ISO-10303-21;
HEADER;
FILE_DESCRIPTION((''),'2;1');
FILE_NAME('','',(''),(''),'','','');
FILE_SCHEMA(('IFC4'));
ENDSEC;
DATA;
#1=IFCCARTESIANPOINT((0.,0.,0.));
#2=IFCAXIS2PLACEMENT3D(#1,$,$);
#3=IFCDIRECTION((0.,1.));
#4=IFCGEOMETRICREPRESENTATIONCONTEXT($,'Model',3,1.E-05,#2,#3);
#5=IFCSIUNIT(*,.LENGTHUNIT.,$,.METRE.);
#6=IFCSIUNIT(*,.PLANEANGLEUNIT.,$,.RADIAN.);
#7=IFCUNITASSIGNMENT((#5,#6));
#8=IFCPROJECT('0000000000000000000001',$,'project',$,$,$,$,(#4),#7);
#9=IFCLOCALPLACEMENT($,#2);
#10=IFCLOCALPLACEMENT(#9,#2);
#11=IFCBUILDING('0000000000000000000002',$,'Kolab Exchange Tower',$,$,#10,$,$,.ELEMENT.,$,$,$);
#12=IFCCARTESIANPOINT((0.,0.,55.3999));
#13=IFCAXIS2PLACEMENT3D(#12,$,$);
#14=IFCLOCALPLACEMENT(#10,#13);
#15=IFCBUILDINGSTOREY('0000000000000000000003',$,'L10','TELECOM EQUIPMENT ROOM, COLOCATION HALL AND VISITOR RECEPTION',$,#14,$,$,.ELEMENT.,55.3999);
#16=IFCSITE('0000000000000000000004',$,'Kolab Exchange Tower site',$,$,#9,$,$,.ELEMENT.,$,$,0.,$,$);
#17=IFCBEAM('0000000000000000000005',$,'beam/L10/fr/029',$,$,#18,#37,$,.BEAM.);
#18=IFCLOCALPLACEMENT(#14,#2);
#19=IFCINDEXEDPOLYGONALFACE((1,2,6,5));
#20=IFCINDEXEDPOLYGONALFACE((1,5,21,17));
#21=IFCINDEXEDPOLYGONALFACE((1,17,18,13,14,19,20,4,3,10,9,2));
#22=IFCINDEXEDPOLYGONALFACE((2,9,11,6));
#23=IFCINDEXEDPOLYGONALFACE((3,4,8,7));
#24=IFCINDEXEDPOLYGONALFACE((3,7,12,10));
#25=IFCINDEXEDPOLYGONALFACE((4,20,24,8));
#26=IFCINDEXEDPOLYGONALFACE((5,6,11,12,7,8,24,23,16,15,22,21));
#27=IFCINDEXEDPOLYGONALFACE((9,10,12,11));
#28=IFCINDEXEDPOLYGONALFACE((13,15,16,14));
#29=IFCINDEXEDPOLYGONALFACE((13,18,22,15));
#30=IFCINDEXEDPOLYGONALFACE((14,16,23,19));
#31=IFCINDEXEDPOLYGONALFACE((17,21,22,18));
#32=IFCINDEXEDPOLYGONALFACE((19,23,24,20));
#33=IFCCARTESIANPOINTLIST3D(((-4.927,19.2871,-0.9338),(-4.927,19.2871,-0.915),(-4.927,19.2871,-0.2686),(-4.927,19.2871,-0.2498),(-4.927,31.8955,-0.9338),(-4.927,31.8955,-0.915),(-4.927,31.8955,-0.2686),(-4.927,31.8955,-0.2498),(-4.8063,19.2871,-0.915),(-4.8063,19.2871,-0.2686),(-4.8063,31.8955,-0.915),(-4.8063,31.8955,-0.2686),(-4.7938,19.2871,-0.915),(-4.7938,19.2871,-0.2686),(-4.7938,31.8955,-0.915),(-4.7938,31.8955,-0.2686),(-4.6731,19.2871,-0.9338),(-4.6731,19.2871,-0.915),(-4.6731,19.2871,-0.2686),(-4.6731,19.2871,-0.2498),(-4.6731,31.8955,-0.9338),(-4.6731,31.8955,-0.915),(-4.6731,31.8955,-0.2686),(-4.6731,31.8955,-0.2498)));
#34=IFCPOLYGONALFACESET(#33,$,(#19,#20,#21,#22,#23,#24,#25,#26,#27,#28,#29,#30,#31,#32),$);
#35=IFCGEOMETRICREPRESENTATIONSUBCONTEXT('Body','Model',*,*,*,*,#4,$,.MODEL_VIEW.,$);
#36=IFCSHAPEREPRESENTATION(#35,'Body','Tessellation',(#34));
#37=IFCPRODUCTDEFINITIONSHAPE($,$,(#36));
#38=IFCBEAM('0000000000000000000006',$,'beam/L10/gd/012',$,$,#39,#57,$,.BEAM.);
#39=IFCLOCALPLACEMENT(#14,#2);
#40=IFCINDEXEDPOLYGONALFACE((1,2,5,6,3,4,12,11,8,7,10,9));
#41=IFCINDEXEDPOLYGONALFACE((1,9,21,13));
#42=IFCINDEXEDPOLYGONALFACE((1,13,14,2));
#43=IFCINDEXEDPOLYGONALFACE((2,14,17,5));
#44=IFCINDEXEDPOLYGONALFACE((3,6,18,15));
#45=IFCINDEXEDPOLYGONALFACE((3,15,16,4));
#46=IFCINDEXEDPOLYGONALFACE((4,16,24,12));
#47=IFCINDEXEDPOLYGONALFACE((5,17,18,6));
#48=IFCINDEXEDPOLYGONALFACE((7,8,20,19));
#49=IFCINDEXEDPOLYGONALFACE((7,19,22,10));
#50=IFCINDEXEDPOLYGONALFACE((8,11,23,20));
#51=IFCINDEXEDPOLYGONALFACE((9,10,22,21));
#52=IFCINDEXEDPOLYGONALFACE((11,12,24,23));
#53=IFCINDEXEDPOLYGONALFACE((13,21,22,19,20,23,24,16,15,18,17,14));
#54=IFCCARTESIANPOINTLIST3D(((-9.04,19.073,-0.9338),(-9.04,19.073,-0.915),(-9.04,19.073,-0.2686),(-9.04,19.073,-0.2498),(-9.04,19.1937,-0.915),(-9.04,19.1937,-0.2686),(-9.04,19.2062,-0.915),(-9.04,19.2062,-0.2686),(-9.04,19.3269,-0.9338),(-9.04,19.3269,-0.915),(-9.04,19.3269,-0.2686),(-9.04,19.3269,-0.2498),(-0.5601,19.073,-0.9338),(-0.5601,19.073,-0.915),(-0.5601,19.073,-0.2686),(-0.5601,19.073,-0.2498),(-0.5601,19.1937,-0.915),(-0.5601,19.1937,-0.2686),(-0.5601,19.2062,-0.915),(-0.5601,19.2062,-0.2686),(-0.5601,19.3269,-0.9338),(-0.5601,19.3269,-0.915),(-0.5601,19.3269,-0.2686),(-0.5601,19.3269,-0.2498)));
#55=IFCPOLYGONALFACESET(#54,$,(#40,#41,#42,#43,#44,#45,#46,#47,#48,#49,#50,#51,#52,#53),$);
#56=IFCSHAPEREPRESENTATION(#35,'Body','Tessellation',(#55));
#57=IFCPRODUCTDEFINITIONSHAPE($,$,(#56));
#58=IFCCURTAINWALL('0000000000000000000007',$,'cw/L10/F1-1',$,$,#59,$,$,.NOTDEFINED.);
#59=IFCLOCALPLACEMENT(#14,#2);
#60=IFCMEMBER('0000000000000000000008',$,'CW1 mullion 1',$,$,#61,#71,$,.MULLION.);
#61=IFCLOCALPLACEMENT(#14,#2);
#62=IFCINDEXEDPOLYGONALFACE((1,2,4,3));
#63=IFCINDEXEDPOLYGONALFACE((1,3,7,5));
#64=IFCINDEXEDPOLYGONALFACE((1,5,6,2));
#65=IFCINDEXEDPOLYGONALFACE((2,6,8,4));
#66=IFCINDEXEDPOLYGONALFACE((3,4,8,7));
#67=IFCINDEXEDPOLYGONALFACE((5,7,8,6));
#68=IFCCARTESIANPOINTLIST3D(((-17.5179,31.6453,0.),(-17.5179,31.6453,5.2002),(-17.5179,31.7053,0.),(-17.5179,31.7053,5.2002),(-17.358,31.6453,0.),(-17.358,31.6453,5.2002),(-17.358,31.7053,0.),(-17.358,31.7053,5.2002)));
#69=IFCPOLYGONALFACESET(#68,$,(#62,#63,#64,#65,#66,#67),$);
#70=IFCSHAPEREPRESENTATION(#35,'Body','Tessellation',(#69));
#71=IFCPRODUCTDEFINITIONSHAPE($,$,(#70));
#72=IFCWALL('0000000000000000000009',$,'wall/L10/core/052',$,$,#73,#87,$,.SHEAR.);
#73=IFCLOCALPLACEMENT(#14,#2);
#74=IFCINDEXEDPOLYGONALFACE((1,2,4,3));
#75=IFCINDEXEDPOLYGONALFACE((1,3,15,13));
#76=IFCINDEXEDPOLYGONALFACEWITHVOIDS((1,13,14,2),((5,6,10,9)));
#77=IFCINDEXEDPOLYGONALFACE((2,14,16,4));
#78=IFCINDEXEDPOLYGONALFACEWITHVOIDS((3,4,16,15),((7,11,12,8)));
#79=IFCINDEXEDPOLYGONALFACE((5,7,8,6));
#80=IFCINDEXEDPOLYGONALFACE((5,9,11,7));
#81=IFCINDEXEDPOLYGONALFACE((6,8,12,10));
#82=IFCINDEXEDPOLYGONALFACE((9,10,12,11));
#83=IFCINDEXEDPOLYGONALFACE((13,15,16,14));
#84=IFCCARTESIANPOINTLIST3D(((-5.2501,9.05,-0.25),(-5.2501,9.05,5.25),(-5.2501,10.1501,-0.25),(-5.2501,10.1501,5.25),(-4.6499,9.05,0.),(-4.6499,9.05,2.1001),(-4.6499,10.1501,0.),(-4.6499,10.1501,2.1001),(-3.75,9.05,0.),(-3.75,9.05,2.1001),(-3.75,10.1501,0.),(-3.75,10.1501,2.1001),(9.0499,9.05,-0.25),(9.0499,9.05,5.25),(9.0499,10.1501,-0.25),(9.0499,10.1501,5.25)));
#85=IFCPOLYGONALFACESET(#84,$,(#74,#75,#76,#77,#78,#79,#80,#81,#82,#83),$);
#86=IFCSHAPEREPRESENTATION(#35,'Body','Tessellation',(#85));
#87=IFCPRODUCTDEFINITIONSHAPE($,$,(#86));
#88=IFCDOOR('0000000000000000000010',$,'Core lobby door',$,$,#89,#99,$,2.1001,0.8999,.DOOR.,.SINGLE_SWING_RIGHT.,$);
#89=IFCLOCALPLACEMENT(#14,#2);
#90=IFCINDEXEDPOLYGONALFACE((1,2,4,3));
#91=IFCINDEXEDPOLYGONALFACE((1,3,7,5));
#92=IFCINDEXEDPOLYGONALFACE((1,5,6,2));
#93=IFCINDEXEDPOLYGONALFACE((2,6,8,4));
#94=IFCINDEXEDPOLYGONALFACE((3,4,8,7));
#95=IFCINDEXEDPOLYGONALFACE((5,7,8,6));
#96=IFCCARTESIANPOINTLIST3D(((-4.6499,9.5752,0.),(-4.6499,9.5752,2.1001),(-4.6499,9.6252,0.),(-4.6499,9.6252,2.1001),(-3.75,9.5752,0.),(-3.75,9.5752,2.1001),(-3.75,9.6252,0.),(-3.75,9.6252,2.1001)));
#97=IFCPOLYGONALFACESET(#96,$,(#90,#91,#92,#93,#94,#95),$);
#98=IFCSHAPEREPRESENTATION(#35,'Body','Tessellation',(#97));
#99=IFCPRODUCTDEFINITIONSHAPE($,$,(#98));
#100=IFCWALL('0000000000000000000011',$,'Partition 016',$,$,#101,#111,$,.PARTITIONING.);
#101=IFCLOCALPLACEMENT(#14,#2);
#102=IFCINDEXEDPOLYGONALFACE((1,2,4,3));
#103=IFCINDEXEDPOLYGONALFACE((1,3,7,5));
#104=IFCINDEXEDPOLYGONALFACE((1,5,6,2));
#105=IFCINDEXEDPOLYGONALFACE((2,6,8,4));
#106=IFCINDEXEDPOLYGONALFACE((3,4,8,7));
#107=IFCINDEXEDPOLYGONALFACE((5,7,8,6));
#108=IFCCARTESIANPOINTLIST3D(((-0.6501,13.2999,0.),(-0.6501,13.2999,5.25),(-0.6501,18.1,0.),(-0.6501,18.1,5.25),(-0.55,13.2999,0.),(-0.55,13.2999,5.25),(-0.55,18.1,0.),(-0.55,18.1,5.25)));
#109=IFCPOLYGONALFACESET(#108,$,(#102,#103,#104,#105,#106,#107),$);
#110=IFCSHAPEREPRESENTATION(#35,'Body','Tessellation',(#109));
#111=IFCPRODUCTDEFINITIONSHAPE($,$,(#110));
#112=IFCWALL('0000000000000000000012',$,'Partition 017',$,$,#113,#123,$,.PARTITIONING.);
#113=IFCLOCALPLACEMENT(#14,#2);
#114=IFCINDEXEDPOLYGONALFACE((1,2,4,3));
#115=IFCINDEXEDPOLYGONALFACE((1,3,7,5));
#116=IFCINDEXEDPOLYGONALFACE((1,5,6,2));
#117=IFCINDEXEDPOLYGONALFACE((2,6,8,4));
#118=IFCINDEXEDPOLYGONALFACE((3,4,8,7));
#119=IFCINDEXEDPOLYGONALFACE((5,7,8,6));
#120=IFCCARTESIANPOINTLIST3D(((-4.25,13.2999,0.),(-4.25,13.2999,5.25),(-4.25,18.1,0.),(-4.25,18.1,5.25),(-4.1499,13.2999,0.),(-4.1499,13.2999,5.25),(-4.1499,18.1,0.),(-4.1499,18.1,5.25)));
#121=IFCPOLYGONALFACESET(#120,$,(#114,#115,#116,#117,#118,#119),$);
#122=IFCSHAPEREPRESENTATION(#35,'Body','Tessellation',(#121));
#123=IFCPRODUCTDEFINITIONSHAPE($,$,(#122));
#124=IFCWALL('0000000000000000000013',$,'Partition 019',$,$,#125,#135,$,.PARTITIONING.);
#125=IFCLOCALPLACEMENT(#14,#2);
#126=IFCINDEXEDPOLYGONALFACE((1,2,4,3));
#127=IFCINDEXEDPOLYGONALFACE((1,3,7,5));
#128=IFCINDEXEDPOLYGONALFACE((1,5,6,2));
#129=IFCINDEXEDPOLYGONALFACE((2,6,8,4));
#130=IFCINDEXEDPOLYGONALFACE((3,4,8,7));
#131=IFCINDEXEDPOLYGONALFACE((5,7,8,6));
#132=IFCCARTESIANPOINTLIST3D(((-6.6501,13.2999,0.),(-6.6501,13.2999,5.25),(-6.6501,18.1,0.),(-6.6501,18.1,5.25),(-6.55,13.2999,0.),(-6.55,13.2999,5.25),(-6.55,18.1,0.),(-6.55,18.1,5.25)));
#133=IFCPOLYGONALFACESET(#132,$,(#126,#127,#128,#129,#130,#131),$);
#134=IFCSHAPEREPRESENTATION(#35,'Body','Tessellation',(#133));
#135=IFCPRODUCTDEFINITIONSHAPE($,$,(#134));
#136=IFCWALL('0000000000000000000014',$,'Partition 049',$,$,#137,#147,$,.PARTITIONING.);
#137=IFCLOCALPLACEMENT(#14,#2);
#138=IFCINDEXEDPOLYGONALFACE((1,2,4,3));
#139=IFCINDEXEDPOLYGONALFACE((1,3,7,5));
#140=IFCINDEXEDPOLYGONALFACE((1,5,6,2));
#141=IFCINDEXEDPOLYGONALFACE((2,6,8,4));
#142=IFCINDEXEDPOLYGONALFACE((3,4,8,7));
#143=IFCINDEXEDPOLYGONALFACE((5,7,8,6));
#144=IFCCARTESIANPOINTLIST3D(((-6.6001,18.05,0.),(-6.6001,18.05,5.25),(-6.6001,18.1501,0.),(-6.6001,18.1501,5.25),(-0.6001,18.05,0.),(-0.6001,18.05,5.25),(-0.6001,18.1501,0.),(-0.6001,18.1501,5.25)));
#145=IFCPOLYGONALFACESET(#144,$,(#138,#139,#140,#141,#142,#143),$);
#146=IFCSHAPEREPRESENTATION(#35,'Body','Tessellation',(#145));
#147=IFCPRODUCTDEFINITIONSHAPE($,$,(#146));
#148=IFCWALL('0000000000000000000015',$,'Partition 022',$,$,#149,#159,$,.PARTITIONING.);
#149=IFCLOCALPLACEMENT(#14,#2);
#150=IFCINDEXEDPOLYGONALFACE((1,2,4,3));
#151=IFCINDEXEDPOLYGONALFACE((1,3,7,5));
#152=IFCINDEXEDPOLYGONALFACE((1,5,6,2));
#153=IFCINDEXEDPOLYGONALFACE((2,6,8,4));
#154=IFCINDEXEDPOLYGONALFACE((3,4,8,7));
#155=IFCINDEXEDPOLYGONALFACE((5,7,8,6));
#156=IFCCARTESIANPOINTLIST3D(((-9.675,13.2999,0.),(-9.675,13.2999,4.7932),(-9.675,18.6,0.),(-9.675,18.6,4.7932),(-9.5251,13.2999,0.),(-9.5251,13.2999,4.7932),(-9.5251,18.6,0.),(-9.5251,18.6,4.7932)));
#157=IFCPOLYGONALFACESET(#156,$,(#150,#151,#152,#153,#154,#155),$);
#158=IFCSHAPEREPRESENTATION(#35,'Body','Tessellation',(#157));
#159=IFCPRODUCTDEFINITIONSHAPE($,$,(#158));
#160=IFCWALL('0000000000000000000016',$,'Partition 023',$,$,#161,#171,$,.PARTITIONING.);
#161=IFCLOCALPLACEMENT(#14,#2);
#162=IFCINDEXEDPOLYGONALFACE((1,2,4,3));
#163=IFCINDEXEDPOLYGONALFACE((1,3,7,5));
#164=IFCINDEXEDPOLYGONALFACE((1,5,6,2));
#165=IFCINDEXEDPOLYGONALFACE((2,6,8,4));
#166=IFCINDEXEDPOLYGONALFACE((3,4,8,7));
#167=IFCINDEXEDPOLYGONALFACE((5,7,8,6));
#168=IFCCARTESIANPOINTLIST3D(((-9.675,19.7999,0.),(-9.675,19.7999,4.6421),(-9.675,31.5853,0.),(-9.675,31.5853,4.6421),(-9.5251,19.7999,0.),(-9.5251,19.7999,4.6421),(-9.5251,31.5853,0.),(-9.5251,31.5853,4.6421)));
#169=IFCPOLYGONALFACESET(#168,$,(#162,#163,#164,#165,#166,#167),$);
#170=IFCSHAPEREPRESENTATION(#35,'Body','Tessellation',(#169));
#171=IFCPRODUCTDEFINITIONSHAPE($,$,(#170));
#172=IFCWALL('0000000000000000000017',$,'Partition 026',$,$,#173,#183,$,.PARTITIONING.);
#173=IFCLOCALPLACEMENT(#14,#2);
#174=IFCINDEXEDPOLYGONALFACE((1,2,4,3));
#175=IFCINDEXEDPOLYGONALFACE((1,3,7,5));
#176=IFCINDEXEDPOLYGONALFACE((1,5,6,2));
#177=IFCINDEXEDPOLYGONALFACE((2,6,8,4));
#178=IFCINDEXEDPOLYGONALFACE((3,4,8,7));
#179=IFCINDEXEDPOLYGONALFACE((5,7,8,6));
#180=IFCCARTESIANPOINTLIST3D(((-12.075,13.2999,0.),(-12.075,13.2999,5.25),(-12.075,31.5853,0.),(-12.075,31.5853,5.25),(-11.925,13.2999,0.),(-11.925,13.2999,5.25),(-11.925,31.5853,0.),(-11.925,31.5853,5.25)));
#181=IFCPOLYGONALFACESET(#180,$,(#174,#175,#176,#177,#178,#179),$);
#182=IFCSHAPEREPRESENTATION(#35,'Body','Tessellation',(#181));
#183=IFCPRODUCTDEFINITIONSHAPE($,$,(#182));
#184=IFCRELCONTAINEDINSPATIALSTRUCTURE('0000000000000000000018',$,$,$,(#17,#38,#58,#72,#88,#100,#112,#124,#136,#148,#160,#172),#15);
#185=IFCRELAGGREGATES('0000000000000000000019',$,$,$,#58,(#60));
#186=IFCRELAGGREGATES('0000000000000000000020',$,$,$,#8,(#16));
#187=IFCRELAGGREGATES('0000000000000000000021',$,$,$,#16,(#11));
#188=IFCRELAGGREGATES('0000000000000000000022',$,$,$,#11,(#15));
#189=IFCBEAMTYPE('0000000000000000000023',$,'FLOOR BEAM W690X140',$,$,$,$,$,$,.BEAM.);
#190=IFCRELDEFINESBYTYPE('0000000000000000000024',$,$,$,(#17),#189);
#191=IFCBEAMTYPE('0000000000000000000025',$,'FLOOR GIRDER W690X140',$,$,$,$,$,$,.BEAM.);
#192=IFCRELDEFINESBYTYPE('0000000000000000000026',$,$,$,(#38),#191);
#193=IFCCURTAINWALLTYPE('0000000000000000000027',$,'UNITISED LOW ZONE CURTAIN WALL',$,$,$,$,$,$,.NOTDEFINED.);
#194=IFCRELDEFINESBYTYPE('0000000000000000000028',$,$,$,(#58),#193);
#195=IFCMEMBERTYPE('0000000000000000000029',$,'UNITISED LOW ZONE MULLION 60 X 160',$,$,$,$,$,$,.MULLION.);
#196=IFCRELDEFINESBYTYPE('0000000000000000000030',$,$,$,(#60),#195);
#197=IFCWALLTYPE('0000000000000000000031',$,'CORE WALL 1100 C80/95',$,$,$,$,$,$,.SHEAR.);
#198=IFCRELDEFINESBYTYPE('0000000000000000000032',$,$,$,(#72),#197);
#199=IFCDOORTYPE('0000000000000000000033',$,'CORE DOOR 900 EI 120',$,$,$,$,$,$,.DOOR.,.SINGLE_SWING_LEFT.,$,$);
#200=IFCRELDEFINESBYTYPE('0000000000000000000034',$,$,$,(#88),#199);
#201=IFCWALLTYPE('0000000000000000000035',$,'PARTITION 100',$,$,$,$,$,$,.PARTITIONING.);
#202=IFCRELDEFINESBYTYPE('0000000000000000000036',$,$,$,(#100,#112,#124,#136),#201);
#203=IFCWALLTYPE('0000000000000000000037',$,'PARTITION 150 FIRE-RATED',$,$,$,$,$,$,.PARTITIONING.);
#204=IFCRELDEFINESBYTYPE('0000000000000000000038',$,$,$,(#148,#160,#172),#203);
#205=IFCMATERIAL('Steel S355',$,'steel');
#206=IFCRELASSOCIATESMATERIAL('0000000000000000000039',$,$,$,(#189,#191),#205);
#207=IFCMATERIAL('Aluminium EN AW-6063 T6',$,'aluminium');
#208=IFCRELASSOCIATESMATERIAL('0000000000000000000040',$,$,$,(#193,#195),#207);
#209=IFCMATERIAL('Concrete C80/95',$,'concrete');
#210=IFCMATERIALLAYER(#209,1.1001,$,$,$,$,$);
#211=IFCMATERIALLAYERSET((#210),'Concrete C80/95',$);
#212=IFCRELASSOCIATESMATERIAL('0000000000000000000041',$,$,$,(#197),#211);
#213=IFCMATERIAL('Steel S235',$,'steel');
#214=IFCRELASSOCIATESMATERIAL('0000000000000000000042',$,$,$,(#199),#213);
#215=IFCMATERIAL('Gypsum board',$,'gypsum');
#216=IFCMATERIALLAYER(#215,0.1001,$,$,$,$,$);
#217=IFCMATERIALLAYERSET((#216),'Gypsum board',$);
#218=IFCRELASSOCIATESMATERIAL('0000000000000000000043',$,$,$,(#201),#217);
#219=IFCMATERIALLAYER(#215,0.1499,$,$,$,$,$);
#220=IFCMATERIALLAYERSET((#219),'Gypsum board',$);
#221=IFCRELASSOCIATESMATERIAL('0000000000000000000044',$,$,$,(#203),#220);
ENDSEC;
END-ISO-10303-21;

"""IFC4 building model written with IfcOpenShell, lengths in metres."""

from ifc_helpers import new_model, si_unit, direction, frame, frame_2d, origin, origin_2d, place, context, subcontext, project, spatial, rectangle, i_section, extrude, material, layer, layer_set, material_profile, profile_set, type_object, element, fill, aggregate, save


model = new_model("IFC4")

# Units and contexts
model_context = context("Model", 3, precision=1e-05, world=origin(), true_north=direction((0.0, 1.0)))
body_context = subcontext(model_context, "Body", "Model", "MODEL_VIEW")
ifc_project = project(units=[si_unit("LENGTHUNIT", "METRE"), si_unit("PLANEANGLEUNIT", "RADIAN")], contexts=[model_context])

# Site, building, storey
site_placement = place(None, origin())
site = spatial("IfcSite", under=ifc_project, at=site_placement, Name="Kolab Exchange Tower site", CompositionType="ELEMENT", RefElevation=0.0)
building_placement = place(site_placement, origin())
building = spatial("IfcBuilding", under=site, at=building_placement, Name="Kolab Exchange Tower", CompositionType="ELEMENT")
storey_placement = place(building_placement, frame((0.0, 0.0, 55.3999)))
storey = spatial("IfcBuildingStorey", under=building, at=storey_placement, Name="L10", Description="TELECOM EQUIPMENT ROOM, COLOCATION HALL AND VISITOR RECEPTION", CompositionType="ELEMENT", Elevation=55.3999)

# Shared definitions
ifc_material_1 = material(Name="Concrete C80/95", Category="concrete")

# Beams
ifc_material_2 = material(Name="Steel S355", Category="steel")
ifc_material_profile_1 = material_profile(ifc_material_2, i_section(OverallWidth=0.2539, OverallDepth=0.6841, WebThickness=0.0125, FlangeThickness=0.0188, at=origin_2d()), Name="W690X140")
ifc_profile_set_1 = profile_set([ifc_material_profile_1], Name="Steel S355")
beam_type_1 = type_object("IfcBeamType", Name="FLOOR BEAM W690X140", PredefinedType="BEAM", material=ifc_profile_set_1)
for number, where, z_axis, x_axis, name in (
    (1, (-4.8, 19.2871, -0.5918), (0.0, 1.0, 0.0), (-1.0, 0.0, 0.0), "beam/L10/fr/029"),
):
    element("IfcBeam", number, at=place(storey_placement, frame(where, z_axis=z_axis, x_axis=x_axis)), inside=storey, type_object=beam_type_1, Name=name, PredefinedType="BEAM", context=body_context, shape_type="SweptSolid", body=[
        extrude(i_section(OverallWidth=0.2539, OverallDepth=0.6841, WebThickness=0.0125, FlangeThickness=0.0188, at=origin_2d()), origin(), (0.0, 0.0, 1.0), 12.6084),
    ])
ifc_material_profile_2 = material_profile(ifc_material_2, i_section(OverallWidth=0.2539, OverallDepth=0.6841, WebThickness=0.0125, FlangeThickness=0.0188, at=origin_2d()), Name="W690X140")
ifc_profile_set_2 = profile_set([ifc_material_profile_2], Name="Steel S355")
beam_type_2 = type_object("IfcBeamType", Name="FLOOR GIRDER W690X140", PredefinedType="BEAM", material=ifc_profile_set_2)
beam_1_placement = place(storey_placement, frame((-9.04, 19.2, -0.5918), z_axis=(1.0, 0.0, 0.0), x_axis=(0.0, 1.0, 0.0)))
element("IfcBeam", 2, at=beam_1_placement, inside=storey, type_object=beam_type_2, Name="beam/L10/gd/012", PredefinedType="BEAM", context=body_context, shape_type="SweptSolid", body=[
    extrude(i_section(OverallWidth=0.2539, OverallDepth=0.6841, WebThickness=0.0125, FlangeThickness=0.0188, at=origin_2d()), origin(), (0.0, 0.0, 1.0), 8.48),
])

# Curtain wall, member
ifc_material_3 = material(Name="Aluminium EN AW-6063 T6", Category="aluminium")
curtain_wall_type = type_object("IfcCurtainWallType", Name="UNITISED LOW ZONE CURTAIN WALL", PredefinedType="NOTDEFINED", material=ifc_material_3)
curtain_wall_placement = place(storey_placement, origin())
curtain_wall = element("IfcCurtainWall", 3, at=curtain_wall_placement, inside=storey, type_object=curtain_wall_type, Name="cw/L10/F1-1", PredefinedType="NOTDEFINED")
ifc_material_profile_3 = material_profile(ifc_material_3, rectangle(XDim=0.0601, YDim=0.1599, at=origin_2d()), Name="RECT 60X160")
ifc_profile_set_3 = profile_set([ifc_material_profile_3], Name="Aluminium EN AW-6063 T6")
member_type = type_object("IfcMemberType", Name="UNITISED LOW ZONE MULLION 60 X 160", PredefinedType="MULLION", material=ifc_profile_set_3)
member_placement = place(storey_placement, frame((-17.438, 31.6753, 0.0), z_axis=(0.0, 0.0, 1.0), x_axis=(0.0, 1.0, 0.0)))
member = element("IfcMember", 4, at=member_placement, type_object=member_type, Name="CW1 mullion 1", PredefinedType="MULLION", context=body_context, shape_type="SweptSolid", body=[
    extrude(rectangle(XDim=0.0601, YDim=0.1599, at=origin_2d()), origin(), (0.0, 0.0, 1.0), 5.2002),
])
aggregate(curtain_wall, [member])

# Wall, opening, door
ifc_layer_1 = layer(ifc_material_1, 1.1001)
ifc_layer_set_1 = layer_set([ifc_layer_1], Name="Concrete C80/95")
wall_type_1 = type_object("IfcWallType", Name="CORE WALL 1100 C80/95", PredefinedType="SHEAR", material=ifc_layer_set_1)
wall_1_placement = place(storey_placement, frame((-5.25, 9.6001, -0.25), z_axis=(0.0, 0.0, 1.0), x_axis=(1.0, 0.0, 0.0)))
wall_1 = element("IfcWall", 5, at=wall_1_placement, inside=storey, type_object=wall_type_1, Name="wall/L10/core/052", PredefinedType="SHEAR", context=body_context, shape_type="SweptSolid", body=[
    extrude(rectangle(XDim=14.3, YDim=1.1001, at=frame_2d((7.1499, 0.0))), origin(), (0.0, 0.0, 1.0), 5.5),
])
opening_placement = place(wall_1_placement, frame((0.6001, 0.0, 0.25)))
opening = element("IfcOpeningElement", 6, at=opening_placement, cuts=wall_1, PredefinedType="OPENING", context=body_context, shape_type="SweptSolid", body=[
    extrude(rectangle(XDim=0.8999, YDim=2.1001, at=frame_2d((0.45, 1.05))), frame((0.0, 0.5601, 0.0), z_axis=(0.0, -1.0, 0.0), x_axis=(1.0, 0.0, 0.0)), (0.0, 0.0, 1.0), 1.1201),
])
ifc_material_4 = material(Name="Steel S235", Category="steel")
door_type = type_object("IfcDoorType", Name="CORE DOOR 900 EI 120", OperationType="SINGLE_SWING_LEFT", PredefinedType="DOOR", material=ifc_material_4)
door_placement = place(opening_placement, frame((0.8999, 0.0, 0.0), z_axis=(0.0, 0.0, 1.0), x_axis=(-1.0, 0.0, 0.0)))
door = element("IfcDoor", 7, at=door_placement, inside=storey, type_object=door_type, Name="Core lobby door", OperationType="SINGLE_SWING_RIGHT", OverallHeight=2.1001, OverallWidth=0.8999, PredefinedType="DOOR", context=body_context, shape_type="SweptSolid", body=[
    extrude(rectangle(XDim=0.8999, YDim=2.1001, at=frame_2d((0.45, 1.05))), frame((0.0, 0.0249, 0.0), z_axis=(0.0, -1.0, 0.0), x_axis=(1.0, 0.0, 0.0)), (0.0, 0.0, 1.0), 0.05),
])
fill(opening, door)

# Walls
ifc_material_5 = material(Name="Gypsum board", Category="gypsum")
ifc_layer_2 = layer(ifc_material_5, 0.1001)
ifc_layer_set_2 = layer_set([ifc_layer_2], Name="Gypsum board")
wall_type_2 = type_object("IfcWallType", Name="PARTITION 100", PredefinedType="PARTITIONING", material=ifc_layer_set_2)
for number, where, z_axis, x_axis, name in (
    (8, (-0.6001, 13.3, 0.0), (0.0, 0.0, 1.0), (0.0, 1.0, 0.0), "Partition 016"),
    (9, (-4.2, 13.3, 0.0), (0.0, 0.0, 1.0), (0.0, 1.0, 0.0), "Partition 017"),
    (10, (-6.6001, 13.3, 0.0), (0.0, 0.0, 1.0), (0.0, 1.0, 0.0), "Partition 019"),
):
    element("IfcWall", number, at=place(storey_placement, frame(where, z_axis=z_axis, x_axis=x_axis)), inside=storey, type_object=wall_type_2, Name=name, PredefinedType="PARTITIONING", context=body_context, shape_type="SweptSolid", body=[
        extrude(rectangle(XDim=4.8, YDim=0.1001, at=frame_2d((2.3999, 0.0))), origin(), (0.0, 0.0, 1.0), 5.25),
    ])
wall_2_placement = place(storey_placement, frame((-6.6001, 18.1001, 0.0), z_axis=(0.0, 0.0, 1.0), x_axis=(1.0, 0.0, 0.0)))
element("IfcWall", 11, at=wall_2_placement, inside=storey, type_object=wall_type_2, Name="Partition 049", PredefinedType="PARTITIONING", context=body_context, shape_type="SweptSolid", body=[
    extrude(rectangle(XDim=6.0, YDim=0.1001, at=frame_2d((3.0, 0.0))), origin(), (0.0, 0.0, 1.0), 5.25),
])
ifc_layer_3 = layer(ifc_material_5, 0.1499)
ifc_layer_set_3 = layer_set([ifc_layer_3], Name="Gypsum board")
wall_type_3 = type_object("IfcWallType", Name="PARTITION 150 FIRE-RATED", PredefinedType="PARTITIONING", material=ifc_layer_set_3)
wall_3_placement = place(storey_placement, frame((-9.6001, 13.3, 0.0), z_axis=(0.0, 0.0, 1.0), x_axis=(0.0, 1.0, 0.0)))
element("IfcWall", 12, at=wall_3_placement, inside=storey, type_object=wall_type_3, Name="Partition 022", PredefinedType="PARTITIONING", context=body_context, shape_type="SweptSolid", body=[
    extrude(rectangle(XDim=5.3, YDim=0.1499, at=frame_2d((2.6499, 0.0))), origin(), (0.0, 0.0, 1.0), 4.7932),
])
wall_4_placement = place(storey_placement, frame((-9.6001, 19.8, 0.0), z_axis=(0.0, 0.0, 1.0), x_axis=(0.0, 1.0, 0.0)))
element("IfcWall", 13, at=wall_4_placement, inside=storey, type_object=wall_type_3, Name="Partition 023", PredefinedType="PARTITIONING", context=body_context, shape_type="SweptSolid", body=[
    extrude(rectangle(XDim=11.7854, YDim=0.1499, at=frame_2d((5.8926, 0.0))), origin(), (0.0, 0.0, 1.0), 4.6421),
])
wall_5_placement = place(storey_placement, frame((-12.0, 13.3, 0.0), z_axis=(0.0, 0.0, 1.0), x_axis=(0.0, 1.0, 0.0)))
element("IfcWall", 14, at=wall_5_placement, inside=storey, type_object=wall_type_3, Name="Partition 026", PredefinedType="PARTITIONING", context=body_context, shape_type="SweptSolid", body=[
    extrude(rectangle(XDim=18.2854, YDim=0.1499, at=frame_2d((9.1426, 0.0))), origin(), (0.0, 0.0, 1.0), 5.25),
])

save(model, "model.ifc")
